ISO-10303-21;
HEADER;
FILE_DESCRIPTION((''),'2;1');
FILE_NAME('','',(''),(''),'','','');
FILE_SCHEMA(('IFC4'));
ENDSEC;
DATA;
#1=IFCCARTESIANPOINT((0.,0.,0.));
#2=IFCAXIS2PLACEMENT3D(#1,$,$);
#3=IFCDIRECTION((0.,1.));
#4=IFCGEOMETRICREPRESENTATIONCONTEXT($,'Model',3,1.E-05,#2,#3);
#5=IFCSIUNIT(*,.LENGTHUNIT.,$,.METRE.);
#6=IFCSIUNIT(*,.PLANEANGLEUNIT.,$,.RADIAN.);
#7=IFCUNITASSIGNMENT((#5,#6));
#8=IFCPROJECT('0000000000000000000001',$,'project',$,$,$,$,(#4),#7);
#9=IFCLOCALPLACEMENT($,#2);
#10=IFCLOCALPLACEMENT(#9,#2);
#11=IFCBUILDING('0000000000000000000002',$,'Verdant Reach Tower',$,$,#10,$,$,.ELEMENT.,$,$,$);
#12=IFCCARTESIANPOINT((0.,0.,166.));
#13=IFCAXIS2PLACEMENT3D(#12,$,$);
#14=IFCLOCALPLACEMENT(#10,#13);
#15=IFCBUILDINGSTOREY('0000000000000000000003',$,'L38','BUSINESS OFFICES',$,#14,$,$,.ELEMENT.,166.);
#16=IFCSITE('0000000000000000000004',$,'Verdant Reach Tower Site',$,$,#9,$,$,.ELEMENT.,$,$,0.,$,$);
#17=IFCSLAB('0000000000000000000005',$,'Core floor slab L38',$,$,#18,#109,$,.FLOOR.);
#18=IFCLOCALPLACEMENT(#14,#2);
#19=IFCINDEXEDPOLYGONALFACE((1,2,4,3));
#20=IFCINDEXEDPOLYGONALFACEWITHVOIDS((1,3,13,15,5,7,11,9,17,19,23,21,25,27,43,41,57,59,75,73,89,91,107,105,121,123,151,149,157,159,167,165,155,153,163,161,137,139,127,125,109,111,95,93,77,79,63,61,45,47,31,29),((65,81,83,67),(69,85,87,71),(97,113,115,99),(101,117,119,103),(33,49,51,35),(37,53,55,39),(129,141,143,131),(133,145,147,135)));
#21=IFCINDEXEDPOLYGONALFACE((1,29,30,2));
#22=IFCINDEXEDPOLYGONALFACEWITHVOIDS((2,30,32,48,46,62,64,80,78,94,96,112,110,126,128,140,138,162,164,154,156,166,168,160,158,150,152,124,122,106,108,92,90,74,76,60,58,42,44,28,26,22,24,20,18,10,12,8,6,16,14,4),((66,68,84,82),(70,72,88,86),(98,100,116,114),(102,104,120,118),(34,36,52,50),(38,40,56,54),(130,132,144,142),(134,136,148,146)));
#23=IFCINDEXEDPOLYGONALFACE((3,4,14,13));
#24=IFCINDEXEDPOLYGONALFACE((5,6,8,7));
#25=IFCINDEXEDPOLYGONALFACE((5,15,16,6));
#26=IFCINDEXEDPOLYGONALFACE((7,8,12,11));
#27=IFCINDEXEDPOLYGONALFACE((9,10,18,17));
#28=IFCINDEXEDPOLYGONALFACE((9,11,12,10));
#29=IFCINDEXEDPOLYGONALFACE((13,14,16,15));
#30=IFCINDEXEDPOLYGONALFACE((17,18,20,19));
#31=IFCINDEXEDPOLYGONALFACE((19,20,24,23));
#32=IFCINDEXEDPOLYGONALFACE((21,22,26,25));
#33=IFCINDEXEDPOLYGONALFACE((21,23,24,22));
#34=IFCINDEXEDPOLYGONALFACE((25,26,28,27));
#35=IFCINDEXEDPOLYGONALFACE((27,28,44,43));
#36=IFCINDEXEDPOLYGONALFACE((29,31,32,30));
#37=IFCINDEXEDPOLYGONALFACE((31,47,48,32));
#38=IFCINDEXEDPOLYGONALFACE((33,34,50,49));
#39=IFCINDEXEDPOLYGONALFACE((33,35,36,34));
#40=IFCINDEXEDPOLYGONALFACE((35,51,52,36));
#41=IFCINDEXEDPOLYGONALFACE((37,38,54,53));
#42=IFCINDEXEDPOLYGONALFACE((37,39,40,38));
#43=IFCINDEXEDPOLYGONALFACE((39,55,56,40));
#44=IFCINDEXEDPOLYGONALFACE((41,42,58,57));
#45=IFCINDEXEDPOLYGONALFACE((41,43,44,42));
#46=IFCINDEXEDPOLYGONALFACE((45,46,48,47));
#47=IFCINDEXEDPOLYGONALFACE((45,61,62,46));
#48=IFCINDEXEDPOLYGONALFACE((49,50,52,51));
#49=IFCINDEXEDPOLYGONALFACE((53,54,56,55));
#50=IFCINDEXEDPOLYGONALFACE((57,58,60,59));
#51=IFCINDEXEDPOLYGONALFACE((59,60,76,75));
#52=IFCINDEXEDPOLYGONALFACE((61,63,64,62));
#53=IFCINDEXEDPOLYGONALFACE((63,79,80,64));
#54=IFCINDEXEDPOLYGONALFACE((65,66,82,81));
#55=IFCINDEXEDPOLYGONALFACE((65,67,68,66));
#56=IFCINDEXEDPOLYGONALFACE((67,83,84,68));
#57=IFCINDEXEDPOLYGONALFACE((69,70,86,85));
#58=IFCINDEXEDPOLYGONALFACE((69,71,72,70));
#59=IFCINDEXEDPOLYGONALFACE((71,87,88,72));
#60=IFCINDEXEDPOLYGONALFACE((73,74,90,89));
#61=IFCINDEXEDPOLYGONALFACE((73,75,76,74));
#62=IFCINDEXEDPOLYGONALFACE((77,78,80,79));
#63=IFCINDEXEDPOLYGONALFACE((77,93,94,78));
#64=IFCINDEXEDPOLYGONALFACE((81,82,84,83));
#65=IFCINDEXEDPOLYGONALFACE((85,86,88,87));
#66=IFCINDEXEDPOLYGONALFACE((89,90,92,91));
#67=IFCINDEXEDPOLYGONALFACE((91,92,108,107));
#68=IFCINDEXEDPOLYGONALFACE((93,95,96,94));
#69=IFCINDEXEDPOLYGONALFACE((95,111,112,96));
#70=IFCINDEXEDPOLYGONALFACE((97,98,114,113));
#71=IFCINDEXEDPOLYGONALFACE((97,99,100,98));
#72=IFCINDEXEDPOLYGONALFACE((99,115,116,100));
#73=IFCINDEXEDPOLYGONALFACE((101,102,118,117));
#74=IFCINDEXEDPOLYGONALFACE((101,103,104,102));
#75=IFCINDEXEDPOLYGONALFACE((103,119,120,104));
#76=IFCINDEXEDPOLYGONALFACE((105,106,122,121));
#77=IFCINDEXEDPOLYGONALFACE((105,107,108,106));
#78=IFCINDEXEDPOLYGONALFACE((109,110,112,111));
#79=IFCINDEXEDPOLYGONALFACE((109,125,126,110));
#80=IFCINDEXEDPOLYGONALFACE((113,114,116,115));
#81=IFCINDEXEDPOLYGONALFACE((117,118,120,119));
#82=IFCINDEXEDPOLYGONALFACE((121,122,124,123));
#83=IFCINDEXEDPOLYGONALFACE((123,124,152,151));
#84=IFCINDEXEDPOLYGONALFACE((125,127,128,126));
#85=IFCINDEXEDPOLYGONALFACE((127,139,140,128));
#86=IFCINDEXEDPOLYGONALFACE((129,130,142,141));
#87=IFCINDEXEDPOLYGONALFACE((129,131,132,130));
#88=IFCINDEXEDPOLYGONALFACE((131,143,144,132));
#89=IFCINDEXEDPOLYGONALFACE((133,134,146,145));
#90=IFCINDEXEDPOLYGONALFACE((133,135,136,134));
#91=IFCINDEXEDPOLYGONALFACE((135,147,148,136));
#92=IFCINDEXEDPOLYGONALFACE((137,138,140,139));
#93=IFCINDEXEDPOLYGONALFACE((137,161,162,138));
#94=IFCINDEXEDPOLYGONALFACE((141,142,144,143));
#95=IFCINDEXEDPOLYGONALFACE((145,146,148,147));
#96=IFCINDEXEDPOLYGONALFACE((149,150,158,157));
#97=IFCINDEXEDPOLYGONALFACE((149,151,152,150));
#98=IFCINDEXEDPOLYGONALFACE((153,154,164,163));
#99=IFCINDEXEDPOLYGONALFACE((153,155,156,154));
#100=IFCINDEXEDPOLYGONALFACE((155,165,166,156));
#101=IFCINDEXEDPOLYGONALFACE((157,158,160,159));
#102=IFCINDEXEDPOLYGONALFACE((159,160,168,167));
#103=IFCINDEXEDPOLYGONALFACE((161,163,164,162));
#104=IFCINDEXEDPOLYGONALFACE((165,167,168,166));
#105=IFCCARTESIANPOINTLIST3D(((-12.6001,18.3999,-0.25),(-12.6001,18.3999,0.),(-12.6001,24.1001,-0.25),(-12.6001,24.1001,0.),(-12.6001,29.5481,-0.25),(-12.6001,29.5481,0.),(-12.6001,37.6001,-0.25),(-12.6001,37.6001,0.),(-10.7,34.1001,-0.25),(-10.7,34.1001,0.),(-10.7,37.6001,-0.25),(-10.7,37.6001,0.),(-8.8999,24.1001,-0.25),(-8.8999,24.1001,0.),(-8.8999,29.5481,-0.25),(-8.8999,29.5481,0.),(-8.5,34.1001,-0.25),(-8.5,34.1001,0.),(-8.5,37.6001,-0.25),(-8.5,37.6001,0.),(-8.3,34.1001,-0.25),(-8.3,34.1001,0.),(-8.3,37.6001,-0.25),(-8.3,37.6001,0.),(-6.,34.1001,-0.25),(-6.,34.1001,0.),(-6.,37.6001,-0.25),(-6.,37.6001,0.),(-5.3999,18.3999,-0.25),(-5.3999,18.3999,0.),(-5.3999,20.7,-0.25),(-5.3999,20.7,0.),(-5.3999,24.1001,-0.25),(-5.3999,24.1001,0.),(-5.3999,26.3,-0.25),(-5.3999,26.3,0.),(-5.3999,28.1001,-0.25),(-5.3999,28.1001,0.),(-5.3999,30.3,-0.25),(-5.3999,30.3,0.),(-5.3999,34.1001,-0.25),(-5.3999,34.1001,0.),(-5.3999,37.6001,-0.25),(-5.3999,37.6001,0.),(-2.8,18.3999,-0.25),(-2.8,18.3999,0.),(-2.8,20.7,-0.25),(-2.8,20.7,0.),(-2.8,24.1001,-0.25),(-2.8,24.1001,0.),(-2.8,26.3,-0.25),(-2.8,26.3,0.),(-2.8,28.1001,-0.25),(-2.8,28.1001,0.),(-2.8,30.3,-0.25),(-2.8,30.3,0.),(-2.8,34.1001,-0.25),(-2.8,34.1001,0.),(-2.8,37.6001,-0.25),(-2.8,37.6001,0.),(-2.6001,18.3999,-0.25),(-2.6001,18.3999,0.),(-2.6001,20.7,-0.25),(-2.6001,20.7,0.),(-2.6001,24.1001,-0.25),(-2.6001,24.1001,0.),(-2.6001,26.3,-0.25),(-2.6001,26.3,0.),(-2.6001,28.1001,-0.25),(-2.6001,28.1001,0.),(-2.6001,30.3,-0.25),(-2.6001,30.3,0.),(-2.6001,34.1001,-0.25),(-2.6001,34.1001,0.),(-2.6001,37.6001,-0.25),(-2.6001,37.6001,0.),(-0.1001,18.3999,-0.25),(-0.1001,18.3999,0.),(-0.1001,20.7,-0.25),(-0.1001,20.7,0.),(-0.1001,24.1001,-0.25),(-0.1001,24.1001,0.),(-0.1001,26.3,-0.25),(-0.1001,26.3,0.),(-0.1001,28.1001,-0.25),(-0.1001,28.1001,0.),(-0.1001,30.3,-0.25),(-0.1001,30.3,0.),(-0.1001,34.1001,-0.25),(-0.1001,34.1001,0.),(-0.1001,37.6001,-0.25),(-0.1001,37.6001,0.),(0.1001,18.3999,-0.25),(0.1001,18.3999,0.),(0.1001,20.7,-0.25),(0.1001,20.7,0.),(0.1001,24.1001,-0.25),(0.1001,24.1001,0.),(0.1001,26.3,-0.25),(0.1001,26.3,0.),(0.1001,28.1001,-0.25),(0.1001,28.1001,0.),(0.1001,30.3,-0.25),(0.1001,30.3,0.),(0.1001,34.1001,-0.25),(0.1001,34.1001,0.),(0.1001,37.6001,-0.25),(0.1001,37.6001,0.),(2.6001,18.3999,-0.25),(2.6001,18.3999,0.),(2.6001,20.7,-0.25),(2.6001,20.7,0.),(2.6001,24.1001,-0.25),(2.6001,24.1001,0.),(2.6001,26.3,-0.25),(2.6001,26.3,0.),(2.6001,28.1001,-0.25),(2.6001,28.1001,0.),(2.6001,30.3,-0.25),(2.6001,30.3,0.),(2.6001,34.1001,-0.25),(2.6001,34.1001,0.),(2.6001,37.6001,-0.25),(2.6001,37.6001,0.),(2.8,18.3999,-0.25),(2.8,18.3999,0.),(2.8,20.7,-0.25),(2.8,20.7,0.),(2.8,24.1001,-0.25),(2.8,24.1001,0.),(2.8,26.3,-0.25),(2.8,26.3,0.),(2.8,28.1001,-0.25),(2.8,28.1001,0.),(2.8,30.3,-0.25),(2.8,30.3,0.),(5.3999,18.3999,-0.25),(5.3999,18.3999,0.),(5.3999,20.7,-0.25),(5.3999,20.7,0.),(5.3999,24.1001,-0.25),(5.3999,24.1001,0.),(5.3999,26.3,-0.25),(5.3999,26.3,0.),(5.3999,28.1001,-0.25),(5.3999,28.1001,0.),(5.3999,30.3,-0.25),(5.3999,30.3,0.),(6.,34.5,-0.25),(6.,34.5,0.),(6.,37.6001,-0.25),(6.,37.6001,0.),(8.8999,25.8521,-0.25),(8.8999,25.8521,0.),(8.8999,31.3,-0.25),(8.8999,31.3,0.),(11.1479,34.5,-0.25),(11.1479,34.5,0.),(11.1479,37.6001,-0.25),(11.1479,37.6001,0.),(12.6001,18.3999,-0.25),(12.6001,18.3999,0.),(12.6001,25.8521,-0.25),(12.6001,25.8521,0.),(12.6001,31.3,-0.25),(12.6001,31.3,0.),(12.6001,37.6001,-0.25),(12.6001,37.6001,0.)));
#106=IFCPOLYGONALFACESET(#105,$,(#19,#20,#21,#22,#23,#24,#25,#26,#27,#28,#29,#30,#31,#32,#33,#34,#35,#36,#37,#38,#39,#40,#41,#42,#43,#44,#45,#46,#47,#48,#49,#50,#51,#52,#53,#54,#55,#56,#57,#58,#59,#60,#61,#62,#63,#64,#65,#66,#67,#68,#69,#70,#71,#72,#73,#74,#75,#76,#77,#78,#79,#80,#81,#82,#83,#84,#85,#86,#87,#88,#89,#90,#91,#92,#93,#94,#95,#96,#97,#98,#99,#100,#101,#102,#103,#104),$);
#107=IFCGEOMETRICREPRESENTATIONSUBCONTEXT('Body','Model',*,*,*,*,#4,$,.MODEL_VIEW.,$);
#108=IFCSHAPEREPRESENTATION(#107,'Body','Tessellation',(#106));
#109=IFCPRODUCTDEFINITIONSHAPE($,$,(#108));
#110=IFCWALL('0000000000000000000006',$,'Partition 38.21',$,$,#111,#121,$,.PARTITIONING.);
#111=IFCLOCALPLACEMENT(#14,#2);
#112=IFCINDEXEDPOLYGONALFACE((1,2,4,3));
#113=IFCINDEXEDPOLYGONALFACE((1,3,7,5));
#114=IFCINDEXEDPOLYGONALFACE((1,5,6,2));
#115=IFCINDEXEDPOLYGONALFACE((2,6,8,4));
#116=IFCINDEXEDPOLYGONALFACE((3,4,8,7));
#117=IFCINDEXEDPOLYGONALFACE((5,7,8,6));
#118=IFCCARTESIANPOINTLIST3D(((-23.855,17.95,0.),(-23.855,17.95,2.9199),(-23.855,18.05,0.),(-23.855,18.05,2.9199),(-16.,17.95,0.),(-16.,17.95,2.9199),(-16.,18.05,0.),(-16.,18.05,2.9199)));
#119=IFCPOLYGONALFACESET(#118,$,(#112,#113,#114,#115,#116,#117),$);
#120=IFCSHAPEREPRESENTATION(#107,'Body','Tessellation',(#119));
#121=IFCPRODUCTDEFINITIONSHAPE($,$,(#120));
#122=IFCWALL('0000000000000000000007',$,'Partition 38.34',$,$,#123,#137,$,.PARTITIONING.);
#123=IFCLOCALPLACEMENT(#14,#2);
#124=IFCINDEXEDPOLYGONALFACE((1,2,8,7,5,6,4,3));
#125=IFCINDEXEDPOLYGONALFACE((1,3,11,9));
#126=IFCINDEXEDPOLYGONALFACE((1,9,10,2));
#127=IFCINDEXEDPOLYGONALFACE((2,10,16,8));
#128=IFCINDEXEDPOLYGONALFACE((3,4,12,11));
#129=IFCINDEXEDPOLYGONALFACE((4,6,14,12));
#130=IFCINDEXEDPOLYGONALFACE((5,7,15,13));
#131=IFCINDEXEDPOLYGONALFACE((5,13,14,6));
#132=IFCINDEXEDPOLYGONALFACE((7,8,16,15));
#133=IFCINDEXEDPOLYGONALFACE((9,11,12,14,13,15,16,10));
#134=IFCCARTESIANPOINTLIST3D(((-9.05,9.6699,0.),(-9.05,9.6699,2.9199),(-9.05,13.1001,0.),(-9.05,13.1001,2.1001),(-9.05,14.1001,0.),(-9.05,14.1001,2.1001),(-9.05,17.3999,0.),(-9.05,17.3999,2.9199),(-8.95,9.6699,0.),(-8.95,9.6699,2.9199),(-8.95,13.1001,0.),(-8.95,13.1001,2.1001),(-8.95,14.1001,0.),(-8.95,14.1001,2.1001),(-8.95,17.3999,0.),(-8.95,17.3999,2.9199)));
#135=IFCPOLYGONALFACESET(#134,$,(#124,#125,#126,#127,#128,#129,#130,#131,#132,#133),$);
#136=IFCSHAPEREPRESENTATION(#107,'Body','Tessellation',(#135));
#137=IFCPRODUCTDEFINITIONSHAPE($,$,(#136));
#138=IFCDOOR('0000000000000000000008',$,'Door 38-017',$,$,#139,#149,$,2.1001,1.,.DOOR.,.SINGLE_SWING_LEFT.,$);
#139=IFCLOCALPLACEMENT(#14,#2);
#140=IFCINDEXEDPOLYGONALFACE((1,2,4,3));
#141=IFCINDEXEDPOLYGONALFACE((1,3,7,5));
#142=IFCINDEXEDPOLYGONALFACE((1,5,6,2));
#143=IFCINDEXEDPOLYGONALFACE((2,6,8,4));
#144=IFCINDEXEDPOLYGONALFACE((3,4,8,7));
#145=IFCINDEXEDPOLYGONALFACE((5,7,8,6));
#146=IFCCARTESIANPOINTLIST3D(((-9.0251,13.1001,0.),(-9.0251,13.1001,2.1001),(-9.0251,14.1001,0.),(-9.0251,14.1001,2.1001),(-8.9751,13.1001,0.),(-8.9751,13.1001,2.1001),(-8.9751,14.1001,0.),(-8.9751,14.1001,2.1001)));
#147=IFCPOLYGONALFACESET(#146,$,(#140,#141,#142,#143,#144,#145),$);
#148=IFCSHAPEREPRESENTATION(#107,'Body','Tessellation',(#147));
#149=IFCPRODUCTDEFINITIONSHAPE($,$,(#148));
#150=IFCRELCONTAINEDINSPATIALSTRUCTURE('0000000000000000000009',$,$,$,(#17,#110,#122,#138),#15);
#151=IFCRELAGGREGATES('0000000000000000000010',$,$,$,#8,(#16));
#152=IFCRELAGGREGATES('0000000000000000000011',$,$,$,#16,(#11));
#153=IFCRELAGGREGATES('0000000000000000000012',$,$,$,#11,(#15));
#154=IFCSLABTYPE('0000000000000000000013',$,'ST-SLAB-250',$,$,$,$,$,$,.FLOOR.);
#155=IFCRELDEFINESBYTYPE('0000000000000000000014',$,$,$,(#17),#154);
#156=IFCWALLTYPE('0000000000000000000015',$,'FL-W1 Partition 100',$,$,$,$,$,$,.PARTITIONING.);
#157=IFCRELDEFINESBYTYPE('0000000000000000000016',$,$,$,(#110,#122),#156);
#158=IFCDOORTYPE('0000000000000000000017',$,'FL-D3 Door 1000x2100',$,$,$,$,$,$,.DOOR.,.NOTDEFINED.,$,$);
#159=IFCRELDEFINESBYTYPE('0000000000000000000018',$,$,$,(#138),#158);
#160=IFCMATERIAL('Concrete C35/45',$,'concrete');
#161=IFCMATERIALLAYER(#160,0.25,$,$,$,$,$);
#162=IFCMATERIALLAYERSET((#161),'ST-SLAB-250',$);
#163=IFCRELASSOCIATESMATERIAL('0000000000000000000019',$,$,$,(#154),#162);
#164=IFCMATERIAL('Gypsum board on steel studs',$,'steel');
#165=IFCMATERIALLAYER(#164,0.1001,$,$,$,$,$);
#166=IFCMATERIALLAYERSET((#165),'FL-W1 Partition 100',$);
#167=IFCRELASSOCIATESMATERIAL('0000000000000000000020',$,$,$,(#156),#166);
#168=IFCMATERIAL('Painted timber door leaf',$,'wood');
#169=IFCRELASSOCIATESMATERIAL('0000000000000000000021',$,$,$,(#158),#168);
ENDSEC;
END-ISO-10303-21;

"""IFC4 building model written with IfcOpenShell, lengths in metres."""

from ifc_helpers import new_model, si_unit, direction, frame, frame_2d, origin, place, context, subcontext, project, spatial, polyline, rectangle, outline, extrude, material, layer, layer_set, type_object, element, fill, save


model = new_model("IFC4")

# Units and contexts
model_context = context("Model", 3, precision=1e-05, world=origin(), true_north=direction((0.0, 1.0)))
body_context = subcontext(model_context, "Body", "Model", "MODEL_VIEW")
ifc_project = project(units=[si_unit("LENGTHUNIT", "METRE"), si_unit("PLANEANGLEUNIT", "RADIAN")], contexts=[model_context])

# Site, building, storey
site_placement = place(None, origin())
site = spatial("IfcSite", under=ifc_project, at=site_placement, Name="Verdant Reach Tower Site", CompositionType="ELEMENT", RefElevation=0.0)
building_placement = place(site_placement, origin())
building = spatial("IfcBuilding", under=site, at=building_placement, Name="Verdant Reach Tower", CompositionType="ELEMENT")
storey_placement = place(building_placement, frame((0.0, 0.0, 166.0)))
storey = spatial("IfcBuildingStorey", under=building, at=storey_placement, Name="L38", Description="BUSINESS OFFICES", CompositionType="ELEMENT", Elevation=166.0)

# Slab
ifc_material_1 = material(Name="Concrete C35/45", Category="concrete")
ifc_layer_1 = layer(ifc_material_1, 0.25)
ifc_layer_set_1 = layer_set([ifc_layer_1], Name="ST-SLAB-250")
slab_type_1 = type_object("IfcSlabType", Name="ST-SLAB-250", PredefinedType="FLOOR", material=ifc_layer_set_1)
slab_1_placement = place(storey_placement, frame((0.0, 0.0, -0.25)))
element("IfcSlab", 1, at=slab_1_placement, inside=storey, type_object=slab_type_1, Name="Core floor slab L38", PredefinedType="FLOOR", context=body_context, shape_type="SweptSolid", body=[
    extrude(outline(polyline([(12.6001, 18.3999), (5.3999, 18.3999), (5.3999, 20.7), (2.8, 20.7), (2.8, 18.3999), (2.6001, 18.3999), (2.6001, 20.7), (0.1001, 20.7), (0.1001, 18.3999), (-0.1001, 18.3999), (-0.1001, 20.7), (-2.6001, 20.7), (-2.6001, 18.3999), (-2.8, 18.3999), (-2.8, 20.7), (-5.3999, 20.7), (-5.3999, 18.3999), (-12.6001, 18.3999), (-12.6001, 24.1001), (-8.8999, 24.1001), (-8.8999, 29.5481), (-12.6001, 29.5481), (-12.6001, 37.6001), (-10.7, 37.6001), (-10.7, 34.1001), (-8.5, 34.1001), (-8.5, 37.6001), (-8.3, 37.6001), (-8.3, 34.1001), (-6.0, 34.1001), (-6.0, 37.6001), (-5.3999, 37.6001), (-5.3999, 34.1001), (-2.8, 34.1001), (-2.8, 37.6001), (-2.6001, 37.6001), (-2.6001, 34.1001), (-0.1001, 34.1001), (-0.1001, 37.6001), (0.1001, 37.6001), (0.1001, 34.1001), (2.6001, 34.1001), (2.6001, 37.6001), (6.0, 37.6001), (6.0, 34.5), (11.1479, 34.5), (11.1479, 37.6001), (12.6001, 37.6001), (12.6001, 31.3), (8.8999, 31.3), (8.8999, 25.8521), (12.6001, 25.8521), (12.6001, 18.3999)]), holes=[polyline([(-2.8, 24.1001), (-2.8, 26.3), (-5.3999, 26.3), (-5.3999, 24.1001), (-2.8, 24.1001)]), polyline([(-2.6001, 24.1001), (-0.1001, 24.1001), (-0.1001, 26.3), (-2.6001, 26.3), (-2.6001, 24.1001)]), polyline([(-2.8, 28.1001), (-2.8, 30.3), (-5.3999, 30.3), (-5.3999, 28.1001), (-2.8, 28.1001)]), polyline([(-0.1001, 28.1001), (-0.1001, 30.3), (-2.6001, 30.3), (-2.6001, 28.1001), (-0.1001, 28.1001)]), polyline([(2.6001, 24.1001), (2.6001, 26.3), (0.1001, 26.3), (0.1001, 24.1001), (2.6001, 24.1001)]), polyline([(2.8, 24.1001), (5.3999, 24.1001), (5.3999, 26.3), (2.8, 26.3), (2.8, 24.1001)]), polyline([(2.6001, 28.1001), (2.6001, 30.3), (0.1001, 30.3), (0.1001, 28.1001), (2.6001, 28.1001)]), polyline([(5.3999, 28.1001), (5.3999, 30.3), (2.8, 30.3), (2.8, 28.1001), (5.3999, 28.1001)])]), origin(), (0.0, 0.0, 1.0), 0.25),
])

# Wall
ifc_material_2 = material(Name="Gypsum board on steel studs", Category="steel")
ifc_layer_2 = layer(ifc_material_2, 0.1001)
ifc_layer_set_2 = layer_set([ifc_layer_2], Name="FL-W1 Partition 100")
wall_type_1 = type_object("IfcWallType", Name="FL-W1 Partition 100", PredefinedType="PARTITIONING", material=ifc_layer_set_2)
wall_1_placement = place(storey_placement, frame((-16.0, 18.0, 0.0), z_axis=(0.0, 0.0, 1.0), x_axis=(-1.0, 0.0, 0.0)))
element("IfcWall", 2, at=wall_1_placement, inside=storey, type_object=wall_type_1, Name="Partition 38.21", PredefinedType="PARTITIONING", context=body_context, shape_type="SweptSolid", body=[
    extrude(rectangle(XDim=7.855, YDim=0.1001, at=frame_2d((3.9275, 0.0))), origin(), (0.0, 0.0, 1.0), 2.9199),
])

# Wall, opening, door
wall_2_placement = place(storey_placement, frame((-9.0, 17.3999, 0.0), z_axis=(0.0, 0.0, 1.0), x_axis=(0.0, -1.0, 0.0)))
wall_2 = element("IfcWall", 3, at=wall_2_placement, inside=storey, type_object=wall_type_1, Name="Partition 38.34", PredefinedType="PARTITIONING", context=body_context, shape_type="SweptSolid", body=[
    extrude(rectangle(XDim=7.73, YDim=0.1001, at=frame_2d((3.865, 0.0))), origin(), (0.0, 0.0, 1.0), 2.9199),
])
opening_1_placement = place(wall_2_placement, frame((3.2998, 0.0, 0.0)))
opening_1 = element("IfcOpeningElement", 4, at=opening_1_placement, cuts=wall_2, PredefinedType="OPENING", context=body_context, shape_type="SweptSolid", body=[
    extrude(rectangle(XDim=1.0, YDim=2.1001, at=frame_2d((0.5, 1.05))), frame((0.0, 0.0601, 0.0), z_axis=(0.0, -1.0, 0.0), x_axis=(1.0, 0.0, 0.0)), (0.0, 0.0, 1.0), 0.1201),
])
ifc_material_3 = material(Name="Painted timber door leaf", Category="wood")
door_type_1 = type_object("IfcDoorType", Name="FL-D3 Door 1000x2100", OperationType="NOTDEFINED", PredefinedType="DOOR", material=ifc_material_3)
door_1_placement = place(opening_1_placement, origin())
door_1 = element("IfcDoor", 5, at=door_1_placement, inside=storey, type_object=door_type_1, Name="Door 38-017", OperationType="SINGLE_SWING_LEFT", OverallHeight=2.1001, OverallWidth=1.0, PredefinedType="DOOR", context=body_context, shape_type="SweptSolid", body=[
    extrude(rectangle(XDim=1.0, YDim=2.1001, at=frame_2d((0.5, 1.05))), frame((0.0, 0.0249, 0.0), z_axis=(0.0, -1.0, 0.0), x_axis=(1.0, 0.0, 0.0)), (0.0, 0.0, 1.0), 0.05),
])
fill(opening_1, door_1)

save(model, "model.ifc")
